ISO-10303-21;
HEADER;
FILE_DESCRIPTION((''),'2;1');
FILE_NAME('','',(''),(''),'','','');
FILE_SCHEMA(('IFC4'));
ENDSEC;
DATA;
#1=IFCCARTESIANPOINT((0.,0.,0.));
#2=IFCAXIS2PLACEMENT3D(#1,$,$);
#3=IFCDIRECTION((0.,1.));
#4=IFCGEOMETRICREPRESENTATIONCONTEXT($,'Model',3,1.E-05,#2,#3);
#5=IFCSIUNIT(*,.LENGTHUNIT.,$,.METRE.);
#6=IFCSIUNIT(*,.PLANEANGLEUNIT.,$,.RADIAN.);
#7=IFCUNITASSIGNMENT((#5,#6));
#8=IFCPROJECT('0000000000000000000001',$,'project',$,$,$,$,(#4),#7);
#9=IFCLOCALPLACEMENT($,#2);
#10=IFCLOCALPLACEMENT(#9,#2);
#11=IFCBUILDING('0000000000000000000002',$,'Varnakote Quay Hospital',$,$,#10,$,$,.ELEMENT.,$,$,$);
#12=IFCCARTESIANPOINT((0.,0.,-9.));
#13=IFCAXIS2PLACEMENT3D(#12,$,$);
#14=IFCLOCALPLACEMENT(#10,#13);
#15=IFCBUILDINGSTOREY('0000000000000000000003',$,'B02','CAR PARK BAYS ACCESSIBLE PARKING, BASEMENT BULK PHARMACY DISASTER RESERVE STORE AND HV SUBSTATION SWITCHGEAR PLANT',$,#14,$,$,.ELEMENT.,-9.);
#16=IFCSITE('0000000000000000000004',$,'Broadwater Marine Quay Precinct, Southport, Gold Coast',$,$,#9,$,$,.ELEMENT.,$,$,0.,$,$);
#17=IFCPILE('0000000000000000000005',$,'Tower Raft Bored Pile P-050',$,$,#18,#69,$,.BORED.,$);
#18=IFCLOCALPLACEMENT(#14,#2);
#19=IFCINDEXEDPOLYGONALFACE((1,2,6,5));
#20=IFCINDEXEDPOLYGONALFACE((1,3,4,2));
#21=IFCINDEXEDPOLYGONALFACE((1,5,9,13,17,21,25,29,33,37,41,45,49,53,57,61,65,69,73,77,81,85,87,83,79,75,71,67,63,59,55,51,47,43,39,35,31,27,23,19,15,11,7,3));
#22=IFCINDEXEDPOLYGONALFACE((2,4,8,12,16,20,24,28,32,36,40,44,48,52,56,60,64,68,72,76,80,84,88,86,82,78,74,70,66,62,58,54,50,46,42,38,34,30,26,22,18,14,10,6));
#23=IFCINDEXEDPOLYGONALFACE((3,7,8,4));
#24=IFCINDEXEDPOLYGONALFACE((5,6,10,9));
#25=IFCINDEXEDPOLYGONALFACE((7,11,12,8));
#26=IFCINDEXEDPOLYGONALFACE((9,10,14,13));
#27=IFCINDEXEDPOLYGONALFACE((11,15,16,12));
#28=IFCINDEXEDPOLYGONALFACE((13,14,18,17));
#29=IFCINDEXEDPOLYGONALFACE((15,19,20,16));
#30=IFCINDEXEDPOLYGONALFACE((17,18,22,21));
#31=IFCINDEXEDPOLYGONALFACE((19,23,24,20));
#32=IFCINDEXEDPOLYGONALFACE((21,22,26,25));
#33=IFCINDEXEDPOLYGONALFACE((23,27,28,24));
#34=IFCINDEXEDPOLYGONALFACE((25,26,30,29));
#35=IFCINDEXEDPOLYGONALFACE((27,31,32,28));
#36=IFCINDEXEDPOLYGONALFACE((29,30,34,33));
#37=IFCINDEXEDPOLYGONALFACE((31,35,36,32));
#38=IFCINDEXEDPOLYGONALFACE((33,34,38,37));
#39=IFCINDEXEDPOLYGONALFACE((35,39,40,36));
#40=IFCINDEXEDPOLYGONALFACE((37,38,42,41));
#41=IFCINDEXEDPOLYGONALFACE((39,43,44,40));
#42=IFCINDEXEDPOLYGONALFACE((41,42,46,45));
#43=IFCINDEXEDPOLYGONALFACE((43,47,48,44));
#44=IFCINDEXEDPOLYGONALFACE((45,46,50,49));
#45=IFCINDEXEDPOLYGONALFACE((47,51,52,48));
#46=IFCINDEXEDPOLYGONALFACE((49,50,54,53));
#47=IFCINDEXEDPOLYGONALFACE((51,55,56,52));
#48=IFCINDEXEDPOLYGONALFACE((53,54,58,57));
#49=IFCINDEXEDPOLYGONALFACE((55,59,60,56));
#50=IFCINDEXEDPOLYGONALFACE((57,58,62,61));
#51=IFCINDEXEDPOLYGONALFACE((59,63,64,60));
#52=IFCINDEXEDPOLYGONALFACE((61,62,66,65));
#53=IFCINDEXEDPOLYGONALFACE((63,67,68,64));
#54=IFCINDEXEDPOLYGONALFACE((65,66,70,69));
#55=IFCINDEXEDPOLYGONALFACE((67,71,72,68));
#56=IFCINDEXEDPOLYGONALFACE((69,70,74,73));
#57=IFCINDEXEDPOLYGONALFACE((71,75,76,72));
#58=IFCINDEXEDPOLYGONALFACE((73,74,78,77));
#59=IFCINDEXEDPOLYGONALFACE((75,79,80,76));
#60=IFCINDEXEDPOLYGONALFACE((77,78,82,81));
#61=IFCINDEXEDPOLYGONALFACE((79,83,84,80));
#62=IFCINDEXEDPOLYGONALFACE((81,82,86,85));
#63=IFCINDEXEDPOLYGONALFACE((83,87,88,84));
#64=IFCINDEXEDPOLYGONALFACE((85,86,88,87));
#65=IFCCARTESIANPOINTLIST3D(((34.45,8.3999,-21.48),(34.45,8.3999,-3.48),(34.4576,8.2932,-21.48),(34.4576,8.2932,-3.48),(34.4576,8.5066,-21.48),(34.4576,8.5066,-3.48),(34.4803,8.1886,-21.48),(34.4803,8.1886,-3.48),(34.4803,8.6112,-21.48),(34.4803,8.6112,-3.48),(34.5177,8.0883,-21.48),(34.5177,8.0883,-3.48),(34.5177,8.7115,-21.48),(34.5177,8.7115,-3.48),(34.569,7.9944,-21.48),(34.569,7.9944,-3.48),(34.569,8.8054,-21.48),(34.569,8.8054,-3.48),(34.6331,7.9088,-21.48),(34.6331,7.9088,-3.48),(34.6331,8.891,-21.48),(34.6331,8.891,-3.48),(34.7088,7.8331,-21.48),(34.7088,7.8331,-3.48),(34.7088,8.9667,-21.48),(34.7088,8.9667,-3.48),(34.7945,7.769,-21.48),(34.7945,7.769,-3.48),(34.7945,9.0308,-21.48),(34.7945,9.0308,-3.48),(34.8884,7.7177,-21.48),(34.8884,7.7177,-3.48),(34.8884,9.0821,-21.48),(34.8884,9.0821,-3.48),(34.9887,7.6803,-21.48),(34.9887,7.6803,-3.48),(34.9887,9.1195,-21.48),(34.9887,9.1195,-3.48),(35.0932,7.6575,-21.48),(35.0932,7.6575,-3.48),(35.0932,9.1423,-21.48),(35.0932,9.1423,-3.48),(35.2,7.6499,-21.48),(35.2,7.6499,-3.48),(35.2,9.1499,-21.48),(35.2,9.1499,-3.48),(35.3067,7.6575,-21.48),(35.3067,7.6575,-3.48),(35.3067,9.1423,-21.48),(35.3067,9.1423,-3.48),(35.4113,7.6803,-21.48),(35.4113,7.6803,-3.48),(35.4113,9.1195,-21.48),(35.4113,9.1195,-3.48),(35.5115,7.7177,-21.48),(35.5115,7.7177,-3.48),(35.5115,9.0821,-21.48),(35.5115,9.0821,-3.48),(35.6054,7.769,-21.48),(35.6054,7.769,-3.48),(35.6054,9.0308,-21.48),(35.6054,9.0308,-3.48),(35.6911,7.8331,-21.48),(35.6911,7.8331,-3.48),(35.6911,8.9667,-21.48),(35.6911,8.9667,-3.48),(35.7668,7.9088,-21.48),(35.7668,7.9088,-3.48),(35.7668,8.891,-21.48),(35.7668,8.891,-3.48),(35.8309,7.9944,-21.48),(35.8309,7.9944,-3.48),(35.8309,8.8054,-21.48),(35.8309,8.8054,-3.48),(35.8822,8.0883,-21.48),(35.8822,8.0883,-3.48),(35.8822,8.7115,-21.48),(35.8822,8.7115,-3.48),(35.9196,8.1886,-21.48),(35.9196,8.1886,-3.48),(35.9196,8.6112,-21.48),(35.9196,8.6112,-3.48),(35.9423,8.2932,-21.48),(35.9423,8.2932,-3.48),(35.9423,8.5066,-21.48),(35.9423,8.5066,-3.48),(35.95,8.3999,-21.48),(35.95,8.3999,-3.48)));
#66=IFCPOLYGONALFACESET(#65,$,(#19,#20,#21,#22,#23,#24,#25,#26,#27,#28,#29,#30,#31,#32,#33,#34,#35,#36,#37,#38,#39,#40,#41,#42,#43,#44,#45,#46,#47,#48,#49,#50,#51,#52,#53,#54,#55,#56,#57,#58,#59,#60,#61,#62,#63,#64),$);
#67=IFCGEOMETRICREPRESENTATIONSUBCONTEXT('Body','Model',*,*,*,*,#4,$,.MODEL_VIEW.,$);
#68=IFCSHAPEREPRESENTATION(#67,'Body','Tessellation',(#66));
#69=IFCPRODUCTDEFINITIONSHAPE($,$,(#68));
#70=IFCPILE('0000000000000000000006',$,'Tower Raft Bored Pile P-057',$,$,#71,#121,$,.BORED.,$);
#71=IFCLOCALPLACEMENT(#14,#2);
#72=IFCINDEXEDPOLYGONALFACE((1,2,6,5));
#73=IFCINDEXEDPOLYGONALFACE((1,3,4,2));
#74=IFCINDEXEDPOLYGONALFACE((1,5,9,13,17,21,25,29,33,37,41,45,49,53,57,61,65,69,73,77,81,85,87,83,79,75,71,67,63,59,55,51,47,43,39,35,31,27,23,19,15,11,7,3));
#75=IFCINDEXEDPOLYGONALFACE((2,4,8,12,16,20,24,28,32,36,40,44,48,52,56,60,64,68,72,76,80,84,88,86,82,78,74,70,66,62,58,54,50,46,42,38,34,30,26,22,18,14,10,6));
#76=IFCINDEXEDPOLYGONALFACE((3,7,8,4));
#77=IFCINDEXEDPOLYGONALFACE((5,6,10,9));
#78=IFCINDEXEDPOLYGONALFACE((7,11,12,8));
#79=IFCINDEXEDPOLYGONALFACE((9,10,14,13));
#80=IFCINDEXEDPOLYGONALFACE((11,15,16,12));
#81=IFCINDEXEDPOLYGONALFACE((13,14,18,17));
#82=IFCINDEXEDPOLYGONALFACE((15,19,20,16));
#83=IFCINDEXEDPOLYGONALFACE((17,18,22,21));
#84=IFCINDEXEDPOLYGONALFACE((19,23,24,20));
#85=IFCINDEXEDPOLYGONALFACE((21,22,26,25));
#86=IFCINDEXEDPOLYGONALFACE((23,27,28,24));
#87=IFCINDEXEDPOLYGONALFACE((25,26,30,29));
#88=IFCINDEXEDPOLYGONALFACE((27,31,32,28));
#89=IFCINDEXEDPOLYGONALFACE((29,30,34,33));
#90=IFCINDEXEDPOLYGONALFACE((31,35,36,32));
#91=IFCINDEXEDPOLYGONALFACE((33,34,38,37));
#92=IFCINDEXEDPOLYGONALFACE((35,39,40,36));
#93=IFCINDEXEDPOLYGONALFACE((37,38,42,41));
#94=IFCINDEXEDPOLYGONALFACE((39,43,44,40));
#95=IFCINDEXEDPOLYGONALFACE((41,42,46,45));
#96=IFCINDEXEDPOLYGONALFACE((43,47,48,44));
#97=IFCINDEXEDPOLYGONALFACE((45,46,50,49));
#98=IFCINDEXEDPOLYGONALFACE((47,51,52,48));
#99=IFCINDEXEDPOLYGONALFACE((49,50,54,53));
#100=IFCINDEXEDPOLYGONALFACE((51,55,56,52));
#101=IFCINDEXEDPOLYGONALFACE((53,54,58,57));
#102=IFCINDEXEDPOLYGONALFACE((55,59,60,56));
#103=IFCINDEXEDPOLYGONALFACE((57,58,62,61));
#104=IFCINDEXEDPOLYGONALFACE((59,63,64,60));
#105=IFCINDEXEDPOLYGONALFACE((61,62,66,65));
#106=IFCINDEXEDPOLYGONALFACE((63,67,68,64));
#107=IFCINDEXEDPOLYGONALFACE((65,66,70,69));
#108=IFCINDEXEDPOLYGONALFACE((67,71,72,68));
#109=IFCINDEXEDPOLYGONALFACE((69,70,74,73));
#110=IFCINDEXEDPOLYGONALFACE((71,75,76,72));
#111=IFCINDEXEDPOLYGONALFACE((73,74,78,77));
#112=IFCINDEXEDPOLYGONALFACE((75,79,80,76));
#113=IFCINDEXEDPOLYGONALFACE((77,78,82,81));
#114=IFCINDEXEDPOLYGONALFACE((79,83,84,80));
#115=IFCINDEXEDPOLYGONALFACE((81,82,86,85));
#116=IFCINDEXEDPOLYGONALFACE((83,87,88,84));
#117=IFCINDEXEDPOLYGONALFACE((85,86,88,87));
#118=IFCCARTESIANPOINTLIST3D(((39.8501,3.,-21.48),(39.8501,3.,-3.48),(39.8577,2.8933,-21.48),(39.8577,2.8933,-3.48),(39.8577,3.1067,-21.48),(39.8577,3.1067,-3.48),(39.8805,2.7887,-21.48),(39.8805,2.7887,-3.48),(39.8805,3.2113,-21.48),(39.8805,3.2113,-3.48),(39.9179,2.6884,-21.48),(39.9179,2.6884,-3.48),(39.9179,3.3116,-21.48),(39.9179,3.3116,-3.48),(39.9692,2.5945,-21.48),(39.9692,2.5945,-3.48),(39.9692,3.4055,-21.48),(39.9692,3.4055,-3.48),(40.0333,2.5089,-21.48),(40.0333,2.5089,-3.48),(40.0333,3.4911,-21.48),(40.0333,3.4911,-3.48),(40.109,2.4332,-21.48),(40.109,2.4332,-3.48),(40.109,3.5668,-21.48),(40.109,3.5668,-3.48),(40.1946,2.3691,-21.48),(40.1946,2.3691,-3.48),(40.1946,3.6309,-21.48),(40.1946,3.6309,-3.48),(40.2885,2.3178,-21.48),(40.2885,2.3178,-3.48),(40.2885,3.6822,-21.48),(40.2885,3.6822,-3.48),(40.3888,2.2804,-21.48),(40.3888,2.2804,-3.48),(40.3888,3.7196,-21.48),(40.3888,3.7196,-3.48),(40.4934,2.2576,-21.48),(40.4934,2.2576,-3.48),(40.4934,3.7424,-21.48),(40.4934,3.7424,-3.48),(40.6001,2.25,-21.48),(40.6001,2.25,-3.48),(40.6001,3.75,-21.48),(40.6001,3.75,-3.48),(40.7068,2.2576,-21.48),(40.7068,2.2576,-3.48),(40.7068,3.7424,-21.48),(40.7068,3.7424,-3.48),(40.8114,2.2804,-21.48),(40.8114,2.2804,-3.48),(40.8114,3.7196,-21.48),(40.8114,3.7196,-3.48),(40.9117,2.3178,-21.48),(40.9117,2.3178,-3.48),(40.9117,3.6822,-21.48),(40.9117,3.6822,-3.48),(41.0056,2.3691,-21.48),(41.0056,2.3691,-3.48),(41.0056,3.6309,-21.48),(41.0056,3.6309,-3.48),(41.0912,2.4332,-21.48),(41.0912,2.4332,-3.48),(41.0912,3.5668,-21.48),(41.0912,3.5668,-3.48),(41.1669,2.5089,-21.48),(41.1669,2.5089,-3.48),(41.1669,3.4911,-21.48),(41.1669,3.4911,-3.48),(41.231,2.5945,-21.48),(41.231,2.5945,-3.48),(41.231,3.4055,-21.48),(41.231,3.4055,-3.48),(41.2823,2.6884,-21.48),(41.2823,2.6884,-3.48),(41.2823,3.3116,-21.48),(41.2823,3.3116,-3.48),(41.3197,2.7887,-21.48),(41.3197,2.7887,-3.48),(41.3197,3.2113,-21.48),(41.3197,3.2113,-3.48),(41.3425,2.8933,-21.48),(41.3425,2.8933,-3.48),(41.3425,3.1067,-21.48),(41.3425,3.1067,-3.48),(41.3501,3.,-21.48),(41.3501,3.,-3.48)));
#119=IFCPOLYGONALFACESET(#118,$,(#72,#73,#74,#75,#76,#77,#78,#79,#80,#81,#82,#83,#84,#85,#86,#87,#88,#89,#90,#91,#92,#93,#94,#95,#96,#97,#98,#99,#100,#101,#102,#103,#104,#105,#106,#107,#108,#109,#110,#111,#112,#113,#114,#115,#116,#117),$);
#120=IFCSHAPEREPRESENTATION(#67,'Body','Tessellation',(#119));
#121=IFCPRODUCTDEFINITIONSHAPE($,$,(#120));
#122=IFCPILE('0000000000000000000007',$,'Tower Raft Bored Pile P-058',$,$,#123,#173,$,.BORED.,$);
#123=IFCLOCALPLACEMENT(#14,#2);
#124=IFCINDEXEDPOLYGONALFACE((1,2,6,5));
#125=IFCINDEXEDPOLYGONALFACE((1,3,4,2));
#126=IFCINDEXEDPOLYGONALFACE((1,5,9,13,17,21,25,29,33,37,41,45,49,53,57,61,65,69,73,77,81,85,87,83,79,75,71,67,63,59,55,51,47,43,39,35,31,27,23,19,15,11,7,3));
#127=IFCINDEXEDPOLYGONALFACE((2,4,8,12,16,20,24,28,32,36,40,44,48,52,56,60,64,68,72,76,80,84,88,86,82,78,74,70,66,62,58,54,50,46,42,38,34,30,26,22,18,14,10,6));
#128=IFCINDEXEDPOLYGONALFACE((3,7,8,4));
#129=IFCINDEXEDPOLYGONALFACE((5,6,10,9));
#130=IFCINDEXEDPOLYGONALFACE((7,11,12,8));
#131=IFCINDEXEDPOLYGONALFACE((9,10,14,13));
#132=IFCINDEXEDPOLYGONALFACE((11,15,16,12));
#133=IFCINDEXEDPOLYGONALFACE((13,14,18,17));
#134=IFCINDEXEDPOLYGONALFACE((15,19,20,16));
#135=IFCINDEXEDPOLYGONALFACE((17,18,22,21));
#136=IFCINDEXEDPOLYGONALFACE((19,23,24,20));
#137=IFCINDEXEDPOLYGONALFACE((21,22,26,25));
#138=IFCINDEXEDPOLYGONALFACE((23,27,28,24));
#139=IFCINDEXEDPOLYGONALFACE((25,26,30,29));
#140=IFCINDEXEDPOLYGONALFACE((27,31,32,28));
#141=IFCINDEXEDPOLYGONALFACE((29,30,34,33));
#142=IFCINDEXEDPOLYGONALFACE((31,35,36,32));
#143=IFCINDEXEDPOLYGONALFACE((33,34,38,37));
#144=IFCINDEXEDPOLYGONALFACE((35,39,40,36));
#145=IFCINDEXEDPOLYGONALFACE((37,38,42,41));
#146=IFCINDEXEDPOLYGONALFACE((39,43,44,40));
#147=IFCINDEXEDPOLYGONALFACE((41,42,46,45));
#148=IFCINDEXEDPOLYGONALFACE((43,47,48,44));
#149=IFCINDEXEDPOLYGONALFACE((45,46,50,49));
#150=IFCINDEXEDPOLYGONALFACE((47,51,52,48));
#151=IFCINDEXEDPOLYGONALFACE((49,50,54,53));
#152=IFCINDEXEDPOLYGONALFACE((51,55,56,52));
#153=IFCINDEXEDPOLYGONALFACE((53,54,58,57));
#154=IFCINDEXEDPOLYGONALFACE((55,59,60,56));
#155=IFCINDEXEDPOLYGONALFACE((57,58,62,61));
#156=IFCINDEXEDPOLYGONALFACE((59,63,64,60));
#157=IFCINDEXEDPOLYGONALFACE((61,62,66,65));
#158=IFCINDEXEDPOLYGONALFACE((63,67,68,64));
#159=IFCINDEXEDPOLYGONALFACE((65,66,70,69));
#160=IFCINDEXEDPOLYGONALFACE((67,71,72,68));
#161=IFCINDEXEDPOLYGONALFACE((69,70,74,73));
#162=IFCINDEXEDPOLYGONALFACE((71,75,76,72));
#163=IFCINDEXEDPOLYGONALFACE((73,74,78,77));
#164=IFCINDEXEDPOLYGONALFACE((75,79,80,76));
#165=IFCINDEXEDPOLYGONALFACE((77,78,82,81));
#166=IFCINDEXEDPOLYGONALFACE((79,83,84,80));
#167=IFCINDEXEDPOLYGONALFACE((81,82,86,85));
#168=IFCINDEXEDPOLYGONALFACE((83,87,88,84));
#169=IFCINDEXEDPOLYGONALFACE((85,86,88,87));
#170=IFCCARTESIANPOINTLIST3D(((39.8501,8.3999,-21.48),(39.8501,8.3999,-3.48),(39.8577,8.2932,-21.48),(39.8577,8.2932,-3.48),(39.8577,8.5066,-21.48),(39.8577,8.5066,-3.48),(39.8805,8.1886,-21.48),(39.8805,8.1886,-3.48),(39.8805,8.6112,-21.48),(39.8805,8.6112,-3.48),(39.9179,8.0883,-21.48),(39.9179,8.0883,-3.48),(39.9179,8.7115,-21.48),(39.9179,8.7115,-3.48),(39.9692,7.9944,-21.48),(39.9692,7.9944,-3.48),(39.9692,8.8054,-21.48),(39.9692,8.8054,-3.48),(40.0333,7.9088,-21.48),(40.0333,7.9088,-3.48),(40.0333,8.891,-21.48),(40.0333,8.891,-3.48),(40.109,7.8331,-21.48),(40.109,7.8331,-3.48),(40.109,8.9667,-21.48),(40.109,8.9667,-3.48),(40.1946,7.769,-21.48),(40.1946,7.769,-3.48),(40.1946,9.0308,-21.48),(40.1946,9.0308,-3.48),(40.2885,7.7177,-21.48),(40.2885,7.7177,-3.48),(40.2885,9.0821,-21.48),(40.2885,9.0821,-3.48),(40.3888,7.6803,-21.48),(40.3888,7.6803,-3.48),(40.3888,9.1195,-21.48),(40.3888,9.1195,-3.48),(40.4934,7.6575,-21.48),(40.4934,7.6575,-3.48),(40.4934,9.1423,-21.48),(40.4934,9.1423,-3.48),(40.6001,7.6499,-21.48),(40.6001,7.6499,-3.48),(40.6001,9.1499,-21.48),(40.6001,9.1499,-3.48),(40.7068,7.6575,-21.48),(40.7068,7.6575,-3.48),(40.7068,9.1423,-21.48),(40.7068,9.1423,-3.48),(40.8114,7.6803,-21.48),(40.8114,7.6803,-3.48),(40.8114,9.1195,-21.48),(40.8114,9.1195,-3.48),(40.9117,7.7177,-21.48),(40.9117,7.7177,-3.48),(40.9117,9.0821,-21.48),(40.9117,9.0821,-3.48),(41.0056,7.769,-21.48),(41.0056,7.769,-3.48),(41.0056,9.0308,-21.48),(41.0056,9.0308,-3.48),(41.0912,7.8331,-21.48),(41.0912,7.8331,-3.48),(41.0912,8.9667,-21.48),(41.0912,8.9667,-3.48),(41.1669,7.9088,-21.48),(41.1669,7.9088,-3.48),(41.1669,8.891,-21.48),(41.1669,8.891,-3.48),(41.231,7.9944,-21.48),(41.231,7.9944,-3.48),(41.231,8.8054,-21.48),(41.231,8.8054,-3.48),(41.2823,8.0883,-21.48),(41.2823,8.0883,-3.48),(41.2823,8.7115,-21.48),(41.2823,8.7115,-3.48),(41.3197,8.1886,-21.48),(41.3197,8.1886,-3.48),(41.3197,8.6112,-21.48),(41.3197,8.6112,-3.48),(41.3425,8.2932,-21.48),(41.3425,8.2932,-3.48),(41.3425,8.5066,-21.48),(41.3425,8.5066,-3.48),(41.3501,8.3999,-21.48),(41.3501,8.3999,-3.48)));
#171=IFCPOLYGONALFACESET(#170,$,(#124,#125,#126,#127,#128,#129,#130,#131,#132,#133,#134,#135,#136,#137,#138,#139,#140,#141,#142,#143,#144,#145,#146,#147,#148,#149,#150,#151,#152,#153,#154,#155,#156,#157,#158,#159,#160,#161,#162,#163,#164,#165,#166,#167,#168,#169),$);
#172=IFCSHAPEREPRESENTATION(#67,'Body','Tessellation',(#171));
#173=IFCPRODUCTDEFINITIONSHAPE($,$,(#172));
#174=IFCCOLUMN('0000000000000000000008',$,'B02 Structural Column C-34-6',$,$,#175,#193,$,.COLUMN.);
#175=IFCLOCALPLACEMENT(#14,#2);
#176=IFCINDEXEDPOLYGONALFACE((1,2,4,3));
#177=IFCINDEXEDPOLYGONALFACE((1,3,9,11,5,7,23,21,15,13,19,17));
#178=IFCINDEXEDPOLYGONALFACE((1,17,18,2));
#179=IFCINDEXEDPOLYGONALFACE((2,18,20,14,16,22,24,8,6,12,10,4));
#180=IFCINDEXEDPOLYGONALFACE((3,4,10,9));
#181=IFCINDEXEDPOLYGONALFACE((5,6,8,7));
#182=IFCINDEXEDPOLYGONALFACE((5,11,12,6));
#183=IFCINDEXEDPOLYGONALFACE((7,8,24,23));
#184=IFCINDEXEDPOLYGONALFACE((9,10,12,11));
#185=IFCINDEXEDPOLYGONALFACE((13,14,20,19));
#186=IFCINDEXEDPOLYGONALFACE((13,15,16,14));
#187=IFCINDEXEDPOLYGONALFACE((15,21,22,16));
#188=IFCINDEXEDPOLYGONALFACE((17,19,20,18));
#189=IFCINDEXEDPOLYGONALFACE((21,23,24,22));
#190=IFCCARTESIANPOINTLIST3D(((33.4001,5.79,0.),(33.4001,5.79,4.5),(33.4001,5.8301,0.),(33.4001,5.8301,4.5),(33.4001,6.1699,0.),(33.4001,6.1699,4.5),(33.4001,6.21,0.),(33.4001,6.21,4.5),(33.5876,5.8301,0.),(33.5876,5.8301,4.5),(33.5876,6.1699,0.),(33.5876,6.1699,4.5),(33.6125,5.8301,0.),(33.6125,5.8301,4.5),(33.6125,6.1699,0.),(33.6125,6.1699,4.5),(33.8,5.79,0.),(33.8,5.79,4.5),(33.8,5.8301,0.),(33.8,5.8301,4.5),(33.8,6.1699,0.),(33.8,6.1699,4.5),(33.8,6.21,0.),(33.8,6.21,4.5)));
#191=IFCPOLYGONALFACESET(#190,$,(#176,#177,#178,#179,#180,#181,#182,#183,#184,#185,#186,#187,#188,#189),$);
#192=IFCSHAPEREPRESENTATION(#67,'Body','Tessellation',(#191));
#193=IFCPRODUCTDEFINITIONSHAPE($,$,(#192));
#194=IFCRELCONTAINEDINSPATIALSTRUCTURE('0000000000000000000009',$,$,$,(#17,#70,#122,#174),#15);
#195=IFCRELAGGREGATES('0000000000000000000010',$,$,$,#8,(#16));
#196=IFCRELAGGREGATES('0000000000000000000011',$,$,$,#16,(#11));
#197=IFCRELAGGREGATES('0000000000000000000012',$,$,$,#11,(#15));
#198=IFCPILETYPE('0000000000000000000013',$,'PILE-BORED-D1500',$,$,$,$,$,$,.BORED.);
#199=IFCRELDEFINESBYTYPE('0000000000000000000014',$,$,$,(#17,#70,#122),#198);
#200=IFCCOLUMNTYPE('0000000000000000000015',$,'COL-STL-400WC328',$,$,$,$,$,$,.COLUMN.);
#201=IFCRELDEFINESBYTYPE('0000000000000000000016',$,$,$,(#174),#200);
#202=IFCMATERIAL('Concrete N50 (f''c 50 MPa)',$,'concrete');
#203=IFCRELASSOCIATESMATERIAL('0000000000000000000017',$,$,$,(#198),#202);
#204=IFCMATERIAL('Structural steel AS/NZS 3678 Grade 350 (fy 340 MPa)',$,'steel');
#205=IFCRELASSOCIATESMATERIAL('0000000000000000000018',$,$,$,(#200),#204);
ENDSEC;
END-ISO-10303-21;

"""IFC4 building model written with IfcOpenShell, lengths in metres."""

from ifc_helpers import new_model, si_unit, direction, frame, origin, origin_2d, place, context, subcontext, project, spatial, circle, i_section, extrude, material, material_profile, profile_set, type_object, element, save


model = new_model("IFC4")

# Units and contexts
model_context = context("Model", 3, precision=1e-05, world=origin(), true_north=direction((0.0, 1.0)))
body_context = subcontext(model_context, "Body", "Model", "MODEL_VIEW")
ifc_project = project(units=[si_unit("LENGTHUNIT", "METRE"), si_unit("PLANEANGLEUNIT", "RADIAN")], contexts=[model_context])

# Site, building, storey
site_placement = place(None, origin())
site = spatial("IfcSite", under=ifc_project, at=site_placement, Name="Broadwater Marine Quay Precinct, Southport, Gold Coast", CompositionType="ELEMENT", RefElevation=0.0)
building_placement = place(site_placement, origin())
building = spatial("IfcBuilding", under=site, at=building_placement, Name="Varnakote Quay Hospital", CompositionType="ELEMENT")
storey_placement = place(building_placement, frame((0.0, 0.0, -9.0)))
storey = spatial("IfcBuildingStorey", under=building, at=storey_placement, Name="B02", Description="CAR PARK BAYS ACCESSIBLE PARKING, BASEMENT BULK PHARMACY DISASTER RESERVE STORE AND HV SUBSTATION SWITCHGEAR PLANT", CompositionType="ELEMENT", Elevation=-9.0)

# Piles
ifc_material_1 = material(Name="Concrete N50 (f'c 50 MPa)", Category="concrete")
ifc_material_profile_1 = material_profile(ifc_material_1, circle(Radius=0.75, at=origin_2d()), Name="PILE-D1500")
ifc_profile_set_1 = profile_set([ifc_material_profile_1], Name="Concrete N50 (f'c 50 MPa)")
pile_type = type_object("IfcPileType", Name="PILE-BORED-D1500", PredefinedType="BORED", material=ifc_profile_set_1)
for number, where, z_axis, x_axis, name in (
    (1, (35.2, 8.3999, -3.48), (0.0, 0.0, -1.0), (1.0, 0.0, 0.0), "Tower Raft Bored Pile P-050"),
    (2, (40.6001, 3.0, -3.48), (0.0, 0.0, -1.0), (1.0, 0.0, 0.0), "Tower Raft Bored Pile P-057"),
    (3, (40.6001, 8.3999, -3.48), (0.0, 0.0, -1.0), (1.0, 0.0, 0.0), "Tower Raft Bored Pile P-058"),
):
    element("IfcPile", number, at=place(storey_placement, frame(where, z_axis=z_axis, x_axis=x_axis)), inside=storey, type_object=pile_type, Name=name, PredefinedType="BORED", context=body_context, shape_type="SweptSolid", body=[
        extrude(circle(Radius=0.75, at=origin_2d()), origin(), (0.0, 0.0, 1.0), 18.0),
    ])

# Column
ifc_material_2 = material(Name="Structural steel AS/NZS 3678 Grade 350 (fy 340 MPa)", Category="steel")
ifc_material_profile_2 = material_profile(ifc_material_2, i_section(OverallWidth=0.3999, OverallDepth=0.4199, WebThickness=0.0249, FlangeThickness=0.04, at=origin_2d()), Name="400WC328")
ifc_profile_set_2 = profile_set([ifc_material_profile_2], Name="Structural steel AS/NZS 3678 Grade 350 (fy 340 MPa)")
column_type = type_object("IfcColumnType", Name="COL-STL-400WC328", PredefinedType="COLUMN", material=ifc_profile_set_2)
for number, where, z_axis, x_axis, name in (
    (4, (33.6001, 6.0, 0.0), (0.0, 0.0, 1.0), (1.0, 0.0, 0.0), "B02 Structural Column C-34-6"),
):
    element("IfcColumn", number, at=place(storey_placement, frame(where, z_axis=z_axis, x_axis=x_axis)), inside=storey, type_object=column_type, Name=name, PredefinedType="COLUMN", context=body_context, shape_type="SweptSolid", body=[
        extrude(i_section(OverallWidth=0.3999, OverallDepth=0.4199, WebThickness=0.0249, FlangeThickness=0.04, at=origin_2d()), origin(), (0.0, 0.0, 1.0), 4.5),
    ])

save(model, "model.ifc")
